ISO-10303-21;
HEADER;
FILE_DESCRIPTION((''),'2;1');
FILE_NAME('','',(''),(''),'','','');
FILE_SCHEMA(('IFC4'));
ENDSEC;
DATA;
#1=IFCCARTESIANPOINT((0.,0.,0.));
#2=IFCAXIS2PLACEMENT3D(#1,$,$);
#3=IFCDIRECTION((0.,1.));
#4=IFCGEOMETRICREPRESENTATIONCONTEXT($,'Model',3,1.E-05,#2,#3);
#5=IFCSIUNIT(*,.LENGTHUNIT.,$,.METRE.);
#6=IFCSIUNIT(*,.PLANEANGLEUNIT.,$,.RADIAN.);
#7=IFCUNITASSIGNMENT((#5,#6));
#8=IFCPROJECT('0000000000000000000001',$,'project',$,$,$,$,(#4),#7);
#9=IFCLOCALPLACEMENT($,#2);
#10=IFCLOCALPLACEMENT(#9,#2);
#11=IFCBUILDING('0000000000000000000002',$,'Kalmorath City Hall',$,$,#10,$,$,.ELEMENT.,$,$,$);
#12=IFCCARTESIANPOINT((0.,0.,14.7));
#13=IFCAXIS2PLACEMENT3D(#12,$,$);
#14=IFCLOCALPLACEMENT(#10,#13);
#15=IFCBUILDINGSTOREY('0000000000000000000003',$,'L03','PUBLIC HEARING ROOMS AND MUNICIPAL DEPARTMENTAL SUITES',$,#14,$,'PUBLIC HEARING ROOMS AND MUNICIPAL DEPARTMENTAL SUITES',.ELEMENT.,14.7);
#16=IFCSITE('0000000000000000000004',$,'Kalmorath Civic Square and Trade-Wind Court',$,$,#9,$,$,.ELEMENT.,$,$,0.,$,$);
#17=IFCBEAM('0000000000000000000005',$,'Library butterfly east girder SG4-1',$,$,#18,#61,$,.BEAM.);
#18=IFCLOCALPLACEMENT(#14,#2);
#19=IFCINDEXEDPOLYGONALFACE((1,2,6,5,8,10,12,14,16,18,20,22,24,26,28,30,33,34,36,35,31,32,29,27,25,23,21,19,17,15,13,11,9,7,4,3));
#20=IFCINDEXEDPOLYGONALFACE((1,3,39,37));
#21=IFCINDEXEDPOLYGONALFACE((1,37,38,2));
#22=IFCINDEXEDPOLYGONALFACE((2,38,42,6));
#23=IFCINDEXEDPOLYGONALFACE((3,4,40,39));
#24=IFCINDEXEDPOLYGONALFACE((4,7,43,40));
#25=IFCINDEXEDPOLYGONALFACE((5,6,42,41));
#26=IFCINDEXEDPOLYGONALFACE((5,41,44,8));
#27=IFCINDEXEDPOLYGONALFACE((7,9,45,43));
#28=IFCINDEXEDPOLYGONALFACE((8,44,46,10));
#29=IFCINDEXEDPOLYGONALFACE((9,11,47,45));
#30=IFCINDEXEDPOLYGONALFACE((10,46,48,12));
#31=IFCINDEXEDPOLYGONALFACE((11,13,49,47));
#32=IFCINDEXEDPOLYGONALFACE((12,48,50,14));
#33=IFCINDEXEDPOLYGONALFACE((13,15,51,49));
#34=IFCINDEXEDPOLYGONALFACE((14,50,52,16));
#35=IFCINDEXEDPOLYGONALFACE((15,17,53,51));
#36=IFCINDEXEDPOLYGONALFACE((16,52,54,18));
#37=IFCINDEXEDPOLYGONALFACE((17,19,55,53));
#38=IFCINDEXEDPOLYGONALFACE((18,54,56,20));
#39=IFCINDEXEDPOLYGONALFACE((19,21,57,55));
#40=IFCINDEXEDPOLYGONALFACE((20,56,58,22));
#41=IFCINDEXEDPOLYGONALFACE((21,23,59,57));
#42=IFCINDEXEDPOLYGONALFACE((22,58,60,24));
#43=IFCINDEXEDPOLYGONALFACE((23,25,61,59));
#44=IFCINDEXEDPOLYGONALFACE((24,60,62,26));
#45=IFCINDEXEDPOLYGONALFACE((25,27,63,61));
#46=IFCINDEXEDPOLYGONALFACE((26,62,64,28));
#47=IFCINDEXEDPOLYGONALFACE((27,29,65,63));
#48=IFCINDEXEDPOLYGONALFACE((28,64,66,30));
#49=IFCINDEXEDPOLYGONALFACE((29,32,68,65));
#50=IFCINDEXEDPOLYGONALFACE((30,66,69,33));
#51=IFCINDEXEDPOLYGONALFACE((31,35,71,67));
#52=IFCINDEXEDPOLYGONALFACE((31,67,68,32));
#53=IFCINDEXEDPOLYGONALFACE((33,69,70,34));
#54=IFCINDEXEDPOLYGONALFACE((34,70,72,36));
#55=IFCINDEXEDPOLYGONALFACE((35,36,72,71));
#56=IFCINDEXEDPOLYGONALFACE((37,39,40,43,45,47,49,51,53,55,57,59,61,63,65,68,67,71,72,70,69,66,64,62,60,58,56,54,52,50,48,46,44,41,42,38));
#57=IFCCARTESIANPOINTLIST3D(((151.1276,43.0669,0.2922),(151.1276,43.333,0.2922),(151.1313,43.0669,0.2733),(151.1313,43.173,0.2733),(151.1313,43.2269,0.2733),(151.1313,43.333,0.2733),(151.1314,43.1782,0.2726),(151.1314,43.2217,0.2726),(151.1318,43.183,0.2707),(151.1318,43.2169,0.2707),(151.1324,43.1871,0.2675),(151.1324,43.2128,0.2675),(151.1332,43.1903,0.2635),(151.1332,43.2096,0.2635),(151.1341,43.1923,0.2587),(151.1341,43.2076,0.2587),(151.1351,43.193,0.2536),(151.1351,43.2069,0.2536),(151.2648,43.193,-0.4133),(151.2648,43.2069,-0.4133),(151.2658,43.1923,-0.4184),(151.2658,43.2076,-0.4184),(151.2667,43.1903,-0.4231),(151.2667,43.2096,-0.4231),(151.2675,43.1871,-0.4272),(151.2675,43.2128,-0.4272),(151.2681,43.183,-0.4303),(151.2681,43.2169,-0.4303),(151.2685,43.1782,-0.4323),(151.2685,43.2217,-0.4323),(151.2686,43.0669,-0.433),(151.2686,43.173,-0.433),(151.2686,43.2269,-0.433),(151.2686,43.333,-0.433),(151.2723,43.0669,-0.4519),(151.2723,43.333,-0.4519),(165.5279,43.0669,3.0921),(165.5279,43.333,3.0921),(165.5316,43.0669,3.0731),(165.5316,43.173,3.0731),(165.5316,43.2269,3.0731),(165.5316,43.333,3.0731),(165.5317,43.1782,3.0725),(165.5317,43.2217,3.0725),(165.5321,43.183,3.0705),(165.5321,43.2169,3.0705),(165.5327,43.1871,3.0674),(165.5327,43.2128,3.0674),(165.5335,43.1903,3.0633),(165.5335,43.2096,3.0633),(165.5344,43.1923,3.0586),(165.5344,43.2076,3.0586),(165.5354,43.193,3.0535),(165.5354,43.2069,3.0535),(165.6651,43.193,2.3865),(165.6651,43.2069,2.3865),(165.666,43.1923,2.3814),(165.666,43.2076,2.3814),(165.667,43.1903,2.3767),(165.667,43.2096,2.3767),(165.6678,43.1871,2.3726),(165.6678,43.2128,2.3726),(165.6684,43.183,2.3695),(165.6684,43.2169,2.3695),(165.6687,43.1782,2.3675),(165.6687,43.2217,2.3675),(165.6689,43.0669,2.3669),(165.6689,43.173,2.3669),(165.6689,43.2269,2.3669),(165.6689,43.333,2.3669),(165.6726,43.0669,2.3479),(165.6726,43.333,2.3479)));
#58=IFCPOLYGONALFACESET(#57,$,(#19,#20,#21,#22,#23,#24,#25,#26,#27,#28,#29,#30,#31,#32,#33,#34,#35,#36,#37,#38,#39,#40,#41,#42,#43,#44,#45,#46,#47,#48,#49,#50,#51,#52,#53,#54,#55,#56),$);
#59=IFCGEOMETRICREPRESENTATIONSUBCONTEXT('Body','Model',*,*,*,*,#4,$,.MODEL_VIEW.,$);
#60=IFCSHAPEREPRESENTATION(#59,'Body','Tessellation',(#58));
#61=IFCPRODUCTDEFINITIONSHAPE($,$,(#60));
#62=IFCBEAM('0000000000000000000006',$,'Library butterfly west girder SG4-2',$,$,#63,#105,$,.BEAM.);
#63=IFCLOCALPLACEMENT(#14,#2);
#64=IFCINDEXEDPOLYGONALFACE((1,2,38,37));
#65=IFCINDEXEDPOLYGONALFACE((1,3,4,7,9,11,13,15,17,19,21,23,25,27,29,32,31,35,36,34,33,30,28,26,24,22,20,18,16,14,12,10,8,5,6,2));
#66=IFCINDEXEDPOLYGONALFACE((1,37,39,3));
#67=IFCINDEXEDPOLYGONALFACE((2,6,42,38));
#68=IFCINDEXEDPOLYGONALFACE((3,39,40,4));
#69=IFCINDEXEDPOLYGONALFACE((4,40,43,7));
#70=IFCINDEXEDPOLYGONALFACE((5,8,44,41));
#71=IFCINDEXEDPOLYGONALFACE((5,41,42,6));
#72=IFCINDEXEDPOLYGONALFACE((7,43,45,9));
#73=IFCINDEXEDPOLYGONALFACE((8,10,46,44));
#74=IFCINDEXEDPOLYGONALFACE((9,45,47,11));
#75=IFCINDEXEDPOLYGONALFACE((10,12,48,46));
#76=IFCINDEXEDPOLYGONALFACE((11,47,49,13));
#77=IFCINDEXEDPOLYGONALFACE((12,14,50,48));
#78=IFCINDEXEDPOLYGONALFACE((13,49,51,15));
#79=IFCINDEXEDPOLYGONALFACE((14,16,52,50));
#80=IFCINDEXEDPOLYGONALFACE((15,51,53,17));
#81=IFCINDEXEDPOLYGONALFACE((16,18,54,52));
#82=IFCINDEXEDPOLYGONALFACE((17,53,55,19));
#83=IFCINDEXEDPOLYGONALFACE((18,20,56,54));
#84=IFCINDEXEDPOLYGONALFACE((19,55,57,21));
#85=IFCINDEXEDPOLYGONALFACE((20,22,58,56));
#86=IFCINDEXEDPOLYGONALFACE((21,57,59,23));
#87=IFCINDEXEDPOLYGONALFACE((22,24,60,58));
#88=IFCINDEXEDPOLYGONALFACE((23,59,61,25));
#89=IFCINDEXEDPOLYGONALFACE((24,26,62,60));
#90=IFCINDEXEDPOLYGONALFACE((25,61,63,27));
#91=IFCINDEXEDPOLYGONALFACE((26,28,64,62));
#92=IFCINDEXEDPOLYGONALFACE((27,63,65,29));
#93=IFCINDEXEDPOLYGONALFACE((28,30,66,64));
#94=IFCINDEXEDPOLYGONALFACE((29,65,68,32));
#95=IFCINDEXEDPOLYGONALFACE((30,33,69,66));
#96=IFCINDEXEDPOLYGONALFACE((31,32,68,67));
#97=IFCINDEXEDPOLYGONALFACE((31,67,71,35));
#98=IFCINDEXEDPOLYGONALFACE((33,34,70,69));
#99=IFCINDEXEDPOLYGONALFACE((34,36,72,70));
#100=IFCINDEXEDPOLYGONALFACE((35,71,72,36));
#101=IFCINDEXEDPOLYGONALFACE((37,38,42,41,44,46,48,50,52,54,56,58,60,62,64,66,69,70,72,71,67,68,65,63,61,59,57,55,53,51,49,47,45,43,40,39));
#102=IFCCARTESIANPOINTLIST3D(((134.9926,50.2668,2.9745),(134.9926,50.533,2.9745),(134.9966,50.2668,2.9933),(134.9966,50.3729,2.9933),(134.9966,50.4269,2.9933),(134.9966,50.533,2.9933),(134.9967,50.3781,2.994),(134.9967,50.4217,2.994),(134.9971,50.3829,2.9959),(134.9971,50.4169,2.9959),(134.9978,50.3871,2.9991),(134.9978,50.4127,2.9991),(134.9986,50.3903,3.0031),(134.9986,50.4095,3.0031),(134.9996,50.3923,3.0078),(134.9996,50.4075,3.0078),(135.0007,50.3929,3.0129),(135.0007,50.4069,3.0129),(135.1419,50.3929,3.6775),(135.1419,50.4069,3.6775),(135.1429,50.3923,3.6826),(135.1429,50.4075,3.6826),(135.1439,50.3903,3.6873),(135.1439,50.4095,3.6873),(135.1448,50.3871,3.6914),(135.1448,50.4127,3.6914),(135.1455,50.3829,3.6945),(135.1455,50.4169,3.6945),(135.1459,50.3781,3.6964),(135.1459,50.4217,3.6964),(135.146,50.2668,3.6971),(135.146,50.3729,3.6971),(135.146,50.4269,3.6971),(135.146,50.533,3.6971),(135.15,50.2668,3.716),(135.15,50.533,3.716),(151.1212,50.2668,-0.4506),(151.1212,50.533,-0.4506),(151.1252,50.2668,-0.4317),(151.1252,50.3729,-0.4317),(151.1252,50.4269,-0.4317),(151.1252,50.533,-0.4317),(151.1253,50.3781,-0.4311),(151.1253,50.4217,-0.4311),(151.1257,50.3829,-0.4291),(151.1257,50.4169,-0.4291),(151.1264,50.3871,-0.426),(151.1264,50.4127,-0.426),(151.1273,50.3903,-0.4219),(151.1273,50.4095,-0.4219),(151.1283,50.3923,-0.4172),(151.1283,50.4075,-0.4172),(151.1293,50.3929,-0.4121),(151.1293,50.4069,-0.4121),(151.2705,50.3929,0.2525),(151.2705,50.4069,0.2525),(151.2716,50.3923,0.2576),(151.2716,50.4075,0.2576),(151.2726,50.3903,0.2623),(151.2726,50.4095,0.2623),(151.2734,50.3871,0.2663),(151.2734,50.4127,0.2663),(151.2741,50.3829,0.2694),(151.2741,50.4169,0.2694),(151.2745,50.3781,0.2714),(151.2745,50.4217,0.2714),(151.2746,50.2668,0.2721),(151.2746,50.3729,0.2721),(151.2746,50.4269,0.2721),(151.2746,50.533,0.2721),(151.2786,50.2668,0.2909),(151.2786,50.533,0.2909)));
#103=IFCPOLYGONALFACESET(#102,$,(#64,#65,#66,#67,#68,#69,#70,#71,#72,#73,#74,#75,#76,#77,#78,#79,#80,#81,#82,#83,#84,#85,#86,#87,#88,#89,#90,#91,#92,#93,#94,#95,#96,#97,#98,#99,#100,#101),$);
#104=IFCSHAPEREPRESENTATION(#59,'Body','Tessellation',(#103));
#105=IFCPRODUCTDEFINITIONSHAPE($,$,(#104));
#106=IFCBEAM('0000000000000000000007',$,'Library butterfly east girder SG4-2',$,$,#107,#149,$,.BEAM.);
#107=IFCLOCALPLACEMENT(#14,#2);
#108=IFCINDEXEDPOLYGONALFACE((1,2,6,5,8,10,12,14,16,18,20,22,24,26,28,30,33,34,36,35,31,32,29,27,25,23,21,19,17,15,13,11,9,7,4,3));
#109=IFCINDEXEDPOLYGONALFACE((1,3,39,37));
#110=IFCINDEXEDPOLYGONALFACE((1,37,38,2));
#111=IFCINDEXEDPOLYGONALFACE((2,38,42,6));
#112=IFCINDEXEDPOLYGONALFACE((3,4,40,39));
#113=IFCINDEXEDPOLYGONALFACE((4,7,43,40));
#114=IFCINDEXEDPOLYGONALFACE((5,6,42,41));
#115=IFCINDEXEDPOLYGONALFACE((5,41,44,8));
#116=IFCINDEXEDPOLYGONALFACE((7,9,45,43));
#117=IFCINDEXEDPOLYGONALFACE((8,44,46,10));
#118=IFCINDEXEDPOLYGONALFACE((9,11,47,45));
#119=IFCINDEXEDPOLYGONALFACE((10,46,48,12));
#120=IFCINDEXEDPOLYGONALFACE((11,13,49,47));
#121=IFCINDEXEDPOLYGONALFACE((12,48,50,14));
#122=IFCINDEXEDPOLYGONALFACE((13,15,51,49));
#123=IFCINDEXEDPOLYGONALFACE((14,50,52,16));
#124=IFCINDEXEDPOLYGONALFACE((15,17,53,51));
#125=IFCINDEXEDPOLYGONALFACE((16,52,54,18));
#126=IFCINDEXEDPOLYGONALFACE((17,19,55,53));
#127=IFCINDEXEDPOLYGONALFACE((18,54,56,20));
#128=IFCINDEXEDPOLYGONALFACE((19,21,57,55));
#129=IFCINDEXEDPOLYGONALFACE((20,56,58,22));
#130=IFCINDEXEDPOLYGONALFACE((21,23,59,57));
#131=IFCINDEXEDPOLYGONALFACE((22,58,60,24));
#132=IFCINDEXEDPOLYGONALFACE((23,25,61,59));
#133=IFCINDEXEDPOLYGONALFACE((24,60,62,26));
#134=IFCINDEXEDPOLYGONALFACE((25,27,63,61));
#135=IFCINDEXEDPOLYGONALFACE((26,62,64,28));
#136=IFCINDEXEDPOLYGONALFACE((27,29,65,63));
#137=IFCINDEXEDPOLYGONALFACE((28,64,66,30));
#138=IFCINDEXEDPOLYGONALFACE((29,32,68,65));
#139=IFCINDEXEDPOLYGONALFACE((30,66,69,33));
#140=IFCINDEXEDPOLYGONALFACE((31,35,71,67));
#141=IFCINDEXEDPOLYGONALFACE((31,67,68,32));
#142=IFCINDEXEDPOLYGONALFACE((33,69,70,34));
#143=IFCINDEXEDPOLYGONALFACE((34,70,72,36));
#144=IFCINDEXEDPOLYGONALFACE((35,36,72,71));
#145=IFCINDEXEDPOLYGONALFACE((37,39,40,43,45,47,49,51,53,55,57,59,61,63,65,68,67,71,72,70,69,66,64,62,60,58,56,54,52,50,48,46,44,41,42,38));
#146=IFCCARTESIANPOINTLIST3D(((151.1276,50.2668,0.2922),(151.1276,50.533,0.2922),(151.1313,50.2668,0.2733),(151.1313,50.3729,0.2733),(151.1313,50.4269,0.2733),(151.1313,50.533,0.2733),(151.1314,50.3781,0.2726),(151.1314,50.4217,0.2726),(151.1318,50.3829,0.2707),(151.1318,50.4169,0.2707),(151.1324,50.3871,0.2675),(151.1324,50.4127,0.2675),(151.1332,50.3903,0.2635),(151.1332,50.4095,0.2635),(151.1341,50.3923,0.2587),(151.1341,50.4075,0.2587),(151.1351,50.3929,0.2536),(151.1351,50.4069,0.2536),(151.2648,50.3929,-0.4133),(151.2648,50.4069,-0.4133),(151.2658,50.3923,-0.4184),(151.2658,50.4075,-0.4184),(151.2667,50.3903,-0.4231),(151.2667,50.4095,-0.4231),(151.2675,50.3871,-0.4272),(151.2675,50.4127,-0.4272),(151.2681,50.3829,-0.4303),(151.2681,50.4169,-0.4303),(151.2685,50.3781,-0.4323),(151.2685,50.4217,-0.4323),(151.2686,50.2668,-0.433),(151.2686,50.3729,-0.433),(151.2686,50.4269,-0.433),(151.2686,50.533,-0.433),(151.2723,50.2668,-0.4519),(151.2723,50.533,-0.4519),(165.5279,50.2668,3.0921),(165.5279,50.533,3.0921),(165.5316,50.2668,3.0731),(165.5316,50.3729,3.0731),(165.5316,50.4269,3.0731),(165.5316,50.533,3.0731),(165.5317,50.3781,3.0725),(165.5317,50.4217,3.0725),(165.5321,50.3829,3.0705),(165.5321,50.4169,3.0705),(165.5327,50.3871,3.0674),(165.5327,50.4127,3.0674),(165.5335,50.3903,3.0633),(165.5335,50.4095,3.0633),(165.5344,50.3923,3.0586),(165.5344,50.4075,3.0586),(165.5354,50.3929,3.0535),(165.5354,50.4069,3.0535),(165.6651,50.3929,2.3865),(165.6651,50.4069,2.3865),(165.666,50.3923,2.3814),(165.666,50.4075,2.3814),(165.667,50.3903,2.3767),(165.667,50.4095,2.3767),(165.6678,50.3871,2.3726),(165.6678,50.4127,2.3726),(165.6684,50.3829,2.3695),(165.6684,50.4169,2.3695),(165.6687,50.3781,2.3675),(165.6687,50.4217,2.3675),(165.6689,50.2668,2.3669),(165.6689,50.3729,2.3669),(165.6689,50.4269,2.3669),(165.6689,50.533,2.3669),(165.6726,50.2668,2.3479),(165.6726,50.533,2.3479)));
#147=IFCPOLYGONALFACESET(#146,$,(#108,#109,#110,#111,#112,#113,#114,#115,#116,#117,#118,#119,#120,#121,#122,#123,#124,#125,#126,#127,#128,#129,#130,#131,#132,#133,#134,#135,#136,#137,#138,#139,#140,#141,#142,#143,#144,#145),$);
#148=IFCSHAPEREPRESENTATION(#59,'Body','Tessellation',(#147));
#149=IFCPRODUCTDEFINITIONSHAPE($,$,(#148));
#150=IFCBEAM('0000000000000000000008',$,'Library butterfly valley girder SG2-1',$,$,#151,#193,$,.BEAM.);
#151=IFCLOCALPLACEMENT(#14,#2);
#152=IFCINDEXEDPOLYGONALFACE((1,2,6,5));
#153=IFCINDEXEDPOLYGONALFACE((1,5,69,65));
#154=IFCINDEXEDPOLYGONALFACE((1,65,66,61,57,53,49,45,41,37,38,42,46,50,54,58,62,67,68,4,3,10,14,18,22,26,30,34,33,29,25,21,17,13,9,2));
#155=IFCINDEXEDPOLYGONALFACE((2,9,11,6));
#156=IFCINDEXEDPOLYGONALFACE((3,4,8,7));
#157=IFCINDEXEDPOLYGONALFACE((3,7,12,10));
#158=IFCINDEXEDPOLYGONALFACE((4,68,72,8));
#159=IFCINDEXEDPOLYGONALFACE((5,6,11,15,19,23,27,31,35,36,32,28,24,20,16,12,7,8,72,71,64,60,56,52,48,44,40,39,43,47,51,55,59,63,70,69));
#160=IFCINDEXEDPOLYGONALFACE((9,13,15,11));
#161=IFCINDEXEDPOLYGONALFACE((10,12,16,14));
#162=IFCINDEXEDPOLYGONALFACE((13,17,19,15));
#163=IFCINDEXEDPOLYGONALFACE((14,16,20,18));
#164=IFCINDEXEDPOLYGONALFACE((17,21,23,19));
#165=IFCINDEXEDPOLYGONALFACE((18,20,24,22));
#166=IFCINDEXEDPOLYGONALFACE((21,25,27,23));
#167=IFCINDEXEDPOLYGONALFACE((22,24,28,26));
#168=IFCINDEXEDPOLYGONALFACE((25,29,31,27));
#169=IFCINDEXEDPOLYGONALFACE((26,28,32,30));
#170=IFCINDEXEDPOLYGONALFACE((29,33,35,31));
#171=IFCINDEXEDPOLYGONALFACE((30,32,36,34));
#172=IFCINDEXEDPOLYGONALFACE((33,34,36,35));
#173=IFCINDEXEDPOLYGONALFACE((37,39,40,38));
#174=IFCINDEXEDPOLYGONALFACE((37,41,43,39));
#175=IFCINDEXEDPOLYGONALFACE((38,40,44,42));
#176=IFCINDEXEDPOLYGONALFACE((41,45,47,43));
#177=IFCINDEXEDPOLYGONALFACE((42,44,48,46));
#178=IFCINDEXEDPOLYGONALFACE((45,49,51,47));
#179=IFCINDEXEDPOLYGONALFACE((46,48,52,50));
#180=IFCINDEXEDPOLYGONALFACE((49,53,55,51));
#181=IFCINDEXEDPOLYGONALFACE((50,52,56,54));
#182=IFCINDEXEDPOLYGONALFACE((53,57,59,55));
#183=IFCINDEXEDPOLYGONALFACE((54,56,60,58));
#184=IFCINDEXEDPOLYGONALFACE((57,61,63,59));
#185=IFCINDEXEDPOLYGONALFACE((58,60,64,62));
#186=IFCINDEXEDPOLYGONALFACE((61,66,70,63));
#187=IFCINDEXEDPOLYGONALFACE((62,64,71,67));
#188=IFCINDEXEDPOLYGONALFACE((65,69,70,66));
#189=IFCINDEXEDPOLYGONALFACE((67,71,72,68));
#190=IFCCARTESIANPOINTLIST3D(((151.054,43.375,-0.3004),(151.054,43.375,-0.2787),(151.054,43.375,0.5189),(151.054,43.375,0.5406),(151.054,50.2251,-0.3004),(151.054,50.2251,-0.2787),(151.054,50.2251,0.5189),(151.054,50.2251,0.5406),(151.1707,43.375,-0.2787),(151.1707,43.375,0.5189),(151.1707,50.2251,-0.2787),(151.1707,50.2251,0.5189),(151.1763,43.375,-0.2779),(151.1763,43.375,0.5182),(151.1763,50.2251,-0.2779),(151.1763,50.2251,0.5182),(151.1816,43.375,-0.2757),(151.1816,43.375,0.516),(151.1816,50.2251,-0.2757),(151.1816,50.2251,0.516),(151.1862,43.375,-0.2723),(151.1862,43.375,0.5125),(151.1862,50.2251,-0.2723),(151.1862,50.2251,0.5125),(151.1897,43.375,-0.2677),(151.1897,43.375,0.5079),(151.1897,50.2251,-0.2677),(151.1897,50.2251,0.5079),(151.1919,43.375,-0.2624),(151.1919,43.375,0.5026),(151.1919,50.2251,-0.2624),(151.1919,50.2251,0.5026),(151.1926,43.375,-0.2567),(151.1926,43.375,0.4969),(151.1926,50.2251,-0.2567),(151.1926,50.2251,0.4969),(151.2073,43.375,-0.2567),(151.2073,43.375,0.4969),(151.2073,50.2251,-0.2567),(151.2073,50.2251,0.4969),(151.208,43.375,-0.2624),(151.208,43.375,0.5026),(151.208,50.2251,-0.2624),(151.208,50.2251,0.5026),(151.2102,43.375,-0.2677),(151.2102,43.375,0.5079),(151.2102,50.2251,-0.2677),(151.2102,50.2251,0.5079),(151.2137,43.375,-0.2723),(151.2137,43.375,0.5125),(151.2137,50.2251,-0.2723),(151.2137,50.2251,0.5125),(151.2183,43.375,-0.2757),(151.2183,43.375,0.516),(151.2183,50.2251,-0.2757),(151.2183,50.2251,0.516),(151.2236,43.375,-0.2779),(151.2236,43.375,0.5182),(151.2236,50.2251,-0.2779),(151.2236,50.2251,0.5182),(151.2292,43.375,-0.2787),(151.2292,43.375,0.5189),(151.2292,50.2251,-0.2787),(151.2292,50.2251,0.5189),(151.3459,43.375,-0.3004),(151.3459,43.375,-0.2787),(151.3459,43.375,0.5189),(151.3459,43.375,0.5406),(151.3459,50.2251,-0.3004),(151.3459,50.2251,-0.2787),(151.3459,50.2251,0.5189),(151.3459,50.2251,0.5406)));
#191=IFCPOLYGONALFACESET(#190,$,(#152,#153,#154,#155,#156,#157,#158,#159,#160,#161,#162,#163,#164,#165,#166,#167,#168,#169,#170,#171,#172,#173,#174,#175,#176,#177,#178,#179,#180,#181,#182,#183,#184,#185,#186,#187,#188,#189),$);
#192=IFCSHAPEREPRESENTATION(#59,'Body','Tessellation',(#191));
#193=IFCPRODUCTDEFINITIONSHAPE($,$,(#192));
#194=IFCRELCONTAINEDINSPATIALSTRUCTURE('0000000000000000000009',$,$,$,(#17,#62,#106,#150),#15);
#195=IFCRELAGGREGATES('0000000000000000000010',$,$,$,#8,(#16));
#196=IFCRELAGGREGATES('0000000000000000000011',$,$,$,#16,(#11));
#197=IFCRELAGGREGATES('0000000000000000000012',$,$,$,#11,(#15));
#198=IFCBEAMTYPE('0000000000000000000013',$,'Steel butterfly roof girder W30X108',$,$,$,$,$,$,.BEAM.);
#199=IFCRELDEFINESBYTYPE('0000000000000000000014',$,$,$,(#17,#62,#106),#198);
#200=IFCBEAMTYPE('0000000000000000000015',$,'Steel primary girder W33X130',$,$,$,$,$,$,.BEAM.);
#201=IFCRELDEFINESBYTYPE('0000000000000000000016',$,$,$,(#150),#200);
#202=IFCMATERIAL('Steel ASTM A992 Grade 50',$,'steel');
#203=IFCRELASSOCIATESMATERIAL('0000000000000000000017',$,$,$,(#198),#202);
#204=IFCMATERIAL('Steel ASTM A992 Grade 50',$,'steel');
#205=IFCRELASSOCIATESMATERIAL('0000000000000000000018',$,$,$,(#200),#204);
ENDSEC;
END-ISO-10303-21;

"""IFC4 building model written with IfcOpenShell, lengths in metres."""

from ifc_helpers import new_model, si_unit, direction, frame, origin, origin_2d, place, context, subcontext, project, spatial, i_section, extrude, material, material_profile, profile_set, type_object, element, save


model = new_model("IFC4")

# Units and contexts
model_context = context("Model", 3, precision=1e-05, world=origin(), true_north=direction((0.0, 1.0)))
body_context = subcontext(model_context, "Body", "Model", "MODEL_VIEW")
ifc_project = project(units=[si_unit("LENGTHUNIT", "METRE"), si_unit("PLANEANGLEUNIT", "RADIAN")], contexts=[model_context])

# Site, building, storey
site_placement = place(None, origin())
site = spatial("IfcSite", under=ifc_project, at=site_placement, Name="Kalmorath Civic Square and Trade-Wind Court", CompositionType="ELEMENT", RefElevation=0.0)
building_placement = place(site_placement, origin())
building = spatial("IfcBuilding", under=site, at=building_placement, Name="Kalmorath City Hall", CompositionType="ELEMENT")
storey_placement = place(building_placement, frame((0.0, 0.0, 14.7)))
storey = spatial("IfcBuildingStorey", under=building, at=storey_placement, Name="L03", Description="PUBLIC HEARING ROOMS AND MUNICIPAL DEPARTMENTAL SUITES", LongName="PUBLIC HEARING ROOMS AND MUNICIPAL DEPARTMENTAL SUITES", CompositionType="ELEMENT", Elevation=14.7)

# Beams
ifc_material_1 = material(Name="Steel ASTM A992 Grade 50", Category="steel")
ifc_material_profile_1 = material_profile(ifc_material_1, i_section(OverallWidth=0.2661, OverallDepth=0.7581, WebThickness=0.0139, FlangeThickness=0.0193, FilletRadius=0.02, at=origin_2d()), Name="W30X108")
ifc_profile_set_1 = profile_set([ifc_material_profile_1], Name="Steel ASTM A992 Grade 50")
beam_type_1 = type_object("IfcBeamType", Name="Steel butterfly roof girder W30X108", PredefinedType="BEAM", material=ifc_profile_set_1)
beam_1_placement = place(storey_placement, frame((151.2, 43.2, -0.0798), z_axis=(0.981618, 0.0, 0.190855), x_axis=(0.0, 1.0, 0.0)))
element("IfcBeam", 1, at=beam_1_placement, inside=storey, type_object=beam_type_1, Name="Library butterfly east girder SG4-1", PredefinedType="BEAM", context=body_context, shape_type="SweptSolid", body=[
    extrude(i_section(OverallWidth=0.2661, OverallDepth=0.7581, WebThickness=0.0139, FlangeThickness=0.0193, FilletRadius=0.02, at=origin_2d()), origin(), (0.0, 0.0, 1.0), 14.6699),
])
beam_2_placement = place(storey_placement, frame((135.0713, 50.3999, 3.3452), z_axis=(0.978187, 0.0, -0.207726), x_axis=(0.0, 1.0, 0.0)))
element("IfcBeam", 2, at=beam_2_placement, inside=storey, type_object=beam_type_1, Name="Library butterfly west girder SG4-2", PredefinedType="BEAM", context=body_context, shape_type="SweptSolid", body=[
    extrude(i_section(OverallWidth=0.2661, OverallDepth=0.7581, WebThickness=0.0139, FlangeThickness=0.0193, FilletRadius=0.02, at=origin_2d()), origin(), (0.0, 0.0, 1.0), 16.4883),
])
beam_3_placement = place(storey_placement, frame((151.2, 50.3999, -0.0798), z_axis=(0.981618, 0.0, 0.190855), x_axis=(0.0, 1.0, 0.0)))
element("IfcBeam", 3, at=beam_3_placement, inside=storey, type_object=beam_type_1, Name="Library butterfly east girder SG4-2", PredefinedType="BEAM", context=body_context, shape_type="SweptSolid", body=[
    extrude(i_section(OverallWidth=0.2661, OverallDepth=0.7581, WebThickness=0.0139, FlangeThickness=0.0193, FilletRadius=0.02, at=origin_2d()), origin(), (0.0, 0.0, 1.0), 14.6699),
])
ifc_material_2 = material(Name="Steel ASTM A992 Grade 50", Category="steel")
ifc_material_profile_2 = material_profile(ifc_material_2, i_section(OverallWidth=0.292, OverallDepth=0.8411, WebThickness=0.0146, FlangeThickness=0.0217, FilletRadius=0.022, at=origin_2d()), Name="W33X130")
ifc_profile_set_2 = profile_set([ifc_material_profile_2], Name="Steel ASTM A992 Grade 50")
beam_type_2 = type_object("IfcBeamType", Name="Steel primary girder W33X130", PredefinedType="BEAM", material=ifc_profile_set_2)
for number, where, z_axis, x_axis, name in (
    (4, (151.2, 43.375, 0.1201), (0.0, 1.0, 0.0), (-1.0, 0.0, 0.0), "Library butterfly valley girder SG2-1"),
):
    element("IfcBeam", number, at=place(storey_placement, frame(where, z_axis=z_axis, x_axis=x_axis)), inside=storey, type_object=beam_type_2, Name=name, PredefinedType="BEAM", context=body_context, shape_type="SweptSolid", body=[
        extrude(i_section(OverallWidth=0.292, OverallDepth=0.8411, WebThickness=0.0146, FlangeThickness=0.0217, FilletRadius=0.022, at=origin_2d()), origin(), (0.0, 0.0, 1.0), 6.8501),
    ])

save(model, "model.ifc")
